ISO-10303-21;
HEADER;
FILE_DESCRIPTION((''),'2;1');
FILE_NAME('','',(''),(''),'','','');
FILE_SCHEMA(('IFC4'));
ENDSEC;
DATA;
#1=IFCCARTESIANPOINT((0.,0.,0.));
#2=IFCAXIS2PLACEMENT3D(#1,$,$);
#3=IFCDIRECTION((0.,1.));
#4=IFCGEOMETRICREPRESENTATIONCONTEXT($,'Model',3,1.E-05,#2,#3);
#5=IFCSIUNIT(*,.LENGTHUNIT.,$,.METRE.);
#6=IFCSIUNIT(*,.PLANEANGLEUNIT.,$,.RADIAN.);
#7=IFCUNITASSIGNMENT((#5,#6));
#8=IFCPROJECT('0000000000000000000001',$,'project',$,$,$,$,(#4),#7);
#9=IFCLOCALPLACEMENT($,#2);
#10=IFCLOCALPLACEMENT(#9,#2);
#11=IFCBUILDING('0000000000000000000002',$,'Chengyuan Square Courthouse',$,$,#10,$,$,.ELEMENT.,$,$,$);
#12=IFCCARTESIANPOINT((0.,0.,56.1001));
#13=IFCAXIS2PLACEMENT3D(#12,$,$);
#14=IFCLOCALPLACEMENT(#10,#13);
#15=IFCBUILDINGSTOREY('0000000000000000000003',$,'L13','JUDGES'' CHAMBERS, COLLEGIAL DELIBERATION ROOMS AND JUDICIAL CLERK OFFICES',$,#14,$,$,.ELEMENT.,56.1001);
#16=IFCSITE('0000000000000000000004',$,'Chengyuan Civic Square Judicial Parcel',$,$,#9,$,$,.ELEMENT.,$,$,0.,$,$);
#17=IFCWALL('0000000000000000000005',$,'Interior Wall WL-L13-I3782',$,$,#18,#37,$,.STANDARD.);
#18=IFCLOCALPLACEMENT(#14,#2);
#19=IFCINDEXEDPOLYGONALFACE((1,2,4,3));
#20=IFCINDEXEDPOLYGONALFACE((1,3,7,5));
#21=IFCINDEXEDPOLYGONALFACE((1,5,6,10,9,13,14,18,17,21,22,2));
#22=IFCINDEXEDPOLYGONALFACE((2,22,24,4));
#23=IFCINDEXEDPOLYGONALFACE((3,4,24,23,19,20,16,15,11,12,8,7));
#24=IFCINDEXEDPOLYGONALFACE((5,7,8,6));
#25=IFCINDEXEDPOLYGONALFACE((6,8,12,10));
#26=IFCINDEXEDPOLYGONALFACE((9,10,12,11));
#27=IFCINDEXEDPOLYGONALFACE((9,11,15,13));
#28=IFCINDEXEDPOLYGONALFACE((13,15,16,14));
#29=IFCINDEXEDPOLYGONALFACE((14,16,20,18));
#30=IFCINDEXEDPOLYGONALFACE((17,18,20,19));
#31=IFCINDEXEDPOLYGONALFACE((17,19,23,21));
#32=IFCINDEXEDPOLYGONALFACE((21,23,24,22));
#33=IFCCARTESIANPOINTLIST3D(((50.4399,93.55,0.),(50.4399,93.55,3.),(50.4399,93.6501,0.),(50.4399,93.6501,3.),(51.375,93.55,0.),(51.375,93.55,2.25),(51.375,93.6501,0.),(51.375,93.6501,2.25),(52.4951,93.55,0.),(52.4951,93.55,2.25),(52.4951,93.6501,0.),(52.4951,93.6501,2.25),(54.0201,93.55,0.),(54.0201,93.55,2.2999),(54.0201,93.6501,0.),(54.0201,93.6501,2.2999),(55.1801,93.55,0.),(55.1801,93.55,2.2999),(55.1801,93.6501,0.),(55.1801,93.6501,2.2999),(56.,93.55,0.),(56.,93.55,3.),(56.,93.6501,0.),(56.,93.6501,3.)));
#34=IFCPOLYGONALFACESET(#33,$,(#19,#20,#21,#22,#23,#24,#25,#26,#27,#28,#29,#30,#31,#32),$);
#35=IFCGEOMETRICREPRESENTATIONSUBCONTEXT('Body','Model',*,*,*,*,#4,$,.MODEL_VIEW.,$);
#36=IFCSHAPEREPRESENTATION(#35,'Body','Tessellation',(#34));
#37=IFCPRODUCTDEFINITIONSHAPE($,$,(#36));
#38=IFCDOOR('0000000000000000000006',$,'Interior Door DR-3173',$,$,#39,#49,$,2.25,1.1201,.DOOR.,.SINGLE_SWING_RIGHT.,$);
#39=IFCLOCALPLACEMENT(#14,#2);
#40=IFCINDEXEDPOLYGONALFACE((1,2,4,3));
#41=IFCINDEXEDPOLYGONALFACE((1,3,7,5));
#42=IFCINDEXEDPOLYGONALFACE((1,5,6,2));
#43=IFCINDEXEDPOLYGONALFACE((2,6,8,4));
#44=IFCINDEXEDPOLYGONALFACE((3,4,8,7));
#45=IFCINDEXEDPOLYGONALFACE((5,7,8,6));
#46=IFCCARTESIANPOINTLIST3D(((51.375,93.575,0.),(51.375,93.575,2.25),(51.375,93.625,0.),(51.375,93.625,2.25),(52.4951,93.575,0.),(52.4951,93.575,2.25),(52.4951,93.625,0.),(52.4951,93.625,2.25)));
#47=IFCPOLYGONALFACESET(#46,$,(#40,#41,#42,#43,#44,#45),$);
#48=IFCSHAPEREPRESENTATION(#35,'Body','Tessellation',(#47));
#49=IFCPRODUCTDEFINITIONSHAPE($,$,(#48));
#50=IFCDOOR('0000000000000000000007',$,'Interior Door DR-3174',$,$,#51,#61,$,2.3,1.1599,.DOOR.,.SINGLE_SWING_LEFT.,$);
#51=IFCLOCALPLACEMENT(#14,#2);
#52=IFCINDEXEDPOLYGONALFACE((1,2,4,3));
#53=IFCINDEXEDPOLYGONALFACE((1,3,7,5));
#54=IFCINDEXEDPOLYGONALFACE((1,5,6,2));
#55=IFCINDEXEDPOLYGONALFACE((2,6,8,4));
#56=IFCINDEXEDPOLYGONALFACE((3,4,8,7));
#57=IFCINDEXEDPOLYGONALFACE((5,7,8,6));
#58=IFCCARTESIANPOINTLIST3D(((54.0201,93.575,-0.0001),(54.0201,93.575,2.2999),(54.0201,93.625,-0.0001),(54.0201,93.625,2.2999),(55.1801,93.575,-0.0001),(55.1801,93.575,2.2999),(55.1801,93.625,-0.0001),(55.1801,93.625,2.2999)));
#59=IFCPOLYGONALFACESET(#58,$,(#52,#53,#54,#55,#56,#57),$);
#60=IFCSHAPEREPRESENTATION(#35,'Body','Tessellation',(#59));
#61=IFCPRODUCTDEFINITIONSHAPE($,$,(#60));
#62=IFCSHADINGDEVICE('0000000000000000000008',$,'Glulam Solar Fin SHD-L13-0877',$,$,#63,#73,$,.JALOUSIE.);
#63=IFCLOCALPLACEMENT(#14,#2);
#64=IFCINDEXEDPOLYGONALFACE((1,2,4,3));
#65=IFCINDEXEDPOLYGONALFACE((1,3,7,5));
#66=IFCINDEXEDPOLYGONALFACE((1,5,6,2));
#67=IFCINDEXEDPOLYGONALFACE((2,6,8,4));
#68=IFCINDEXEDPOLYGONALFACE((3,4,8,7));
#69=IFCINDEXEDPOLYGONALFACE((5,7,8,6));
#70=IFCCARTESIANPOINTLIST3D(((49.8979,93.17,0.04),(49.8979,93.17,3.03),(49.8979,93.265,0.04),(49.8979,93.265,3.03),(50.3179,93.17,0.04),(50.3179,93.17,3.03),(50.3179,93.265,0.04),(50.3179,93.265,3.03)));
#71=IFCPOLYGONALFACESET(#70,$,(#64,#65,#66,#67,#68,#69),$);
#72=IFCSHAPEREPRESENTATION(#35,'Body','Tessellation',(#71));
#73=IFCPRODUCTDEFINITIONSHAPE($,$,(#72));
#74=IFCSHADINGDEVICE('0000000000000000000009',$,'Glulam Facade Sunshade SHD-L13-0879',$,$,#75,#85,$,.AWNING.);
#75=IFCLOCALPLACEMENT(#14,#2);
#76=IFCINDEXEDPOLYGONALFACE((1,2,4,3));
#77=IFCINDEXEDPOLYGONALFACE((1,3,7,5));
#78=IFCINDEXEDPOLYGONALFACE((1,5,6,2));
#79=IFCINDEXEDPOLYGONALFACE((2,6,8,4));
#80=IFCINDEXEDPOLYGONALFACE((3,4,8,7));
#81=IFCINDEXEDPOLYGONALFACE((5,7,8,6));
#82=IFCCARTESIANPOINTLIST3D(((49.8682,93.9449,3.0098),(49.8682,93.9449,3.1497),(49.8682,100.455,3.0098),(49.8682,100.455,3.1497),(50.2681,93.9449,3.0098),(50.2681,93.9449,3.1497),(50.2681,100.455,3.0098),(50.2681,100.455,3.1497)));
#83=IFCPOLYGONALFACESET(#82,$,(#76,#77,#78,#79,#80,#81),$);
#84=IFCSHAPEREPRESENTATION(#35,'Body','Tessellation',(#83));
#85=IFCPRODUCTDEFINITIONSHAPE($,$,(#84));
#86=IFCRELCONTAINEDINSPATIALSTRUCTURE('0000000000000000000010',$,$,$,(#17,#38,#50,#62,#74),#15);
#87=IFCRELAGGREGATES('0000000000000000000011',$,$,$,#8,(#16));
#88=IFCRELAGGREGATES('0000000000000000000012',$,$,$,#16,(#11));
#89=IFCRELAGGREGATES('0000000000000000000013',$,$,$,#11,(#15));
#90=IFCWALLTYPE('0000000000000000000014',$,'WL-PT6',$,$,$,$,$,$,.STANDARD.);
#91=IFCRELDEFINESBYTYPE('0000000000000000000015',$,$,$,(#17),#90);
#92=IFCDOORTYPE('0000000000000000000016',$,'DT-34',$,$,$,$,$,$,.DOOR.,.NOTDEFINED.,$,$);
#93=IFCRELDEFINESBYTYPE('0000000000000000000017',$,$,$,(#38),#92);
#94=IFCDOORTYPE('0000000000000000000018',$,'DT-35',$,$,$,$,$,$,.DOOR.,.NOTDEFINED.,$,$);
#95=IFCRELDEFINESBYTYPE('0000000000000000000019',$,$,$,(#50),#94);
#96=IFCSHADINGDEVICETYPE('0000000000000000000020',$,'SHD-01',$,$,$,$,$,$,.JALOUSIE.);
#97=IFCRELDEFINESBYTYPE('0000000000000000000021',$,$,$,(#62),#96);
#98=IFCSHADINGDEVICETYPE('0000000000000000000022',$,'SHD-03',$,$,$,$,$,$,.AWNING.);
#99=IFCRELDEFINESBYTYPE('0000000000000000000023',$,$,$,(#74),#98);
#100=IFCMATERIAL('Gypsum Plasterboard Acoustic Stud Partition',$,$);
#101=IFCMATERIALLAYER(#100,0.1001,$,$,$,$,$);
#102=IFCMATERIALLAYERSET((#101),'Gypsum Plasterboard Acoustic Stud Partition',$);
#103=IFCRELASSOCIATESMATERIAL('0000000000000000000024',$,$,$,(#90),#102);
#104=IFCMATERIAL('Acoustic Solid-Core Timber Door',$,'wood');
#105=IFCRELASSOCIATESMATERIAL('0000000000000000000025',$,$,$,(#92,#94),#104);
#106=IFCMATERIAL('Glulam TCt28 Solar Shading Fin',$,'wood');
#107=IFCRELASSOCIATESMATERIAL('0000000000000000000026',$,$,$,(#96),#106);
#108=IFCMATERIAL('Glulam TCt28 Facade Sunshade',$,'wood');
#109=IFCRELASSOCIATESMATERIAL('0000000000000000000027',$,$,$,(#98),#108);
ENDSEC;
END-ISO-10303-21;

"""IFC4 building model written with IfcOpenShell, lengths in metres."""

from ifc_helpers import new_model, si_unit, direction, frame, frame_2d, origin, origin_2d, place, context, subcontext, project, spatial, rectangle, extrude, material, layer, layer_set, type_object, element, fill, save


model = new_model("IFC4")

# Units and contexts
model_context = context("Model", 3, precision=1e-05, world=origin(), true_north=direction((0.0, 1.0)))
body_context = subcontext(model_context, "Body", "Model", "MODEL_VIEW")
ifc_project = project(units=[si_unit("LENGTHUNIT", "METRE"), si_unit("PLANEANGLEUNIT", "RADIAN")], contexts=[model_context])

# Site, building, storey
site_placement = place(None, origin())
site = spatial("IfcSite", under=ifc_project, at=site_placement, Name="Chengyuan Civic Square Judicial Parcel", CompositionType="ELEMENT", RefElevation=0.0)
building_placement = place(site_placement, origin())
building = spatial("IfcBuilding", under=site, at=building_placement, Name="Chengyuan Square Courthouse", CompositionType="ELEMENT")
storey_placement = place(building_placement, frame((0.0, 0.0, 56.1001)))
storey = spatial("IfcBuildingStorey", under=building, at=storey_placement, Name="L13", Description="JUDGES' CHAMBERS, COLLEGIAL DELIBERATION ROOMS AND JUDICIAL CLERK OFFICES", CompositionType="ELEMENT", Elevation=56.1001)

# Wall, openings, doors
ifc_material_1 = material(Name="Gypsum Plasterboard Acoustic Stud Partition")
ifc_layer_1 = layer(ifc_material_1, 0.1001)
ifc_layer_set_1 = layer_set([ifc_layer_1], Name="Gypsum Plasterboard Acoustic Stud Partition")
wall_type_1 = type_object("IfcWallType", Name="WL-PT6", PredefinedType="STANDARD", material=ifc_layer_set_1)
wall_1_placement = place(storey_placement, frame((50.4399, 93.6001, 0.0), z_axis=(0.0, 0.0, 1.0), x_axis=(1.0, 0.0, 0.0)))
wall_1 = element("IfcWall", 1, at=wall_1_placement, inside=storey, type_object=wall_type_1, Name="Interior Wall WL-L13-I3782", PredefinedType="STANDARD", context=body_context, shape_type="SweptSolid", body=[
    extrude(rectangle(XDim=5.5601, YDim=0.1001, at=frame_2d((2.78, 0.0))), origin(), (0.0, 0.0, 1.0), 3.0),
])
opening_1_placement = place(wall_1_placement, frame((0.9351, 0.0, 0.0)))
opening_1 = element("IfcOpeningElement", 2, at=opening_1_placement, cuts=wall_1, PredefinedType="OPENING", context=body_context, shape_type="SweptSolid", body=[
    extrude(rectangle(XDim=1.1201, YDim=2.25, at=frame_2d((0.5601, 1.125))), frame((0.0, 0.062, 0.0), z_axis=(0.0, -1.0, 0.0), x_axis=(1.0, 0.0, 0.0)), (0.0, 0.0, 1.0), 0.124),
])
opening_2_placement = place(wall_1_placement, frame((3.5801, 0.0, 0.0)))
opening_2 = element("IfcOpeningElement", 3, at=opening_2_placement, cuts=wall_1, PredefinedType="OPENING", context=body_context, shape_type="SweptSolid", body=[
    extrude(rectangle(XDim=1.1599, YDim=2.3, at=frame_2d((0.5801, 1.1499))), frame((0.0, 0.062, 0.0), z_axis=(0.0, -1.0, 0.0), x_axis=(1.0, 0.0, 0.0)), (0.0, 0.0, 1.0), 0.124),
])
ifc_material_2 = material(Name="Acoustic Solid-Core Timber Door", Category="wood")
door_type_1 = type_object("IfcDoorType", Name="DT-34", OperationType="NOTDEFINED", PredefinedType="DOOR", material=ifc_material_2)
door_1_placement = place(opening_1_placement, origin())
door_1 = element("IfcDoor", 4, at=door_1_placement, inside=storey, type_object=door_type_1, Name="Interior Door DR-3173", OperationType="SINGLE_SWING_RIGHT", OverallHeight=2.25, OverallWidth=1.1201, PredefinedType="DOOR", context=body_context, shape_type="SweptSolid", body=[
    extrude(rectangle(XDim=1.1201, YDim=2.25, at=frame_2d((0.5601, 1.125))), frame((0.0, 0.0249, 0.0), z_axis=(0.0, -1.0, 0.0), x_axis=(1.0, 0.0, 0.0)), (0.0, 0.0, 1.0), 0.05),
])
fill(opening_1, door_1)
door_type_2 = type_object("IfcDoorType", Name="DT-35", OperationType="NOTDEFINED", PredefinedType="DOOR", material=ifc_material_2)
door_2_placement = place(opening_2_placement, origin())
door_2 = element("IfcDoor", 5, at=door_2_placement, inside=storey, type_object=door_type_2, Name="Interior Door DR-3174", OperationType="SINGLE_SWING_LEFT", OverallHeight=2.3, OverallWidth=1.1599, PredefinedType="DOOR", context=body_context, shape_type="SweptSolid", body=[
    extrude(rectangle(XDim=1.1599, YDim=2.3, at=frame_2d((0.5801, 1.1499))), frame((0.0, 0.0249, 0.0), z_axis=(0.0, -1.0, 0.0), x_axis=(1.0, 0.0, 0.0)), (0.0, 0.0, 1.0), 0.05),
])
fill(opening_2, door_2)

# Shading devices
ifc_material_3 = material(Name="Glulam TCt28 Solar Shading Fin", Category="wood")
shading_device_type_1 = type_object("IfcShadingDeviceType", Name="SHD-01", PredefinedType="JALOUSIE", material=ifc_material_3)
shading_device_1_placement = place(storey_placement, frame((50.1079, 93.2175, 0.04), z_axis=(0.0, 0.0, 1.0), x_axis=(1.0, 0.0, 0.0)))
element("IfcShadingDevice", 6, at=shading_device_1_placement, inside=storey, type_object=shading_device_type_1, Name="Glulam Solar Fin SHD-L13-0877", PredefinedType="JALOUSIE", context=body_context, shape_type="SweptSolid", body=[
    extrude(rectangle(XDim=0.4199, YDim=0.095, at=origin_2d()), origin(), (0.0, 0.0, 1.0), 2.99),
])
ifc_material_4 = material(Name="Glulam TCt28 Facade Sunshade", Category="wood")
shading_device_type_2 = type_object("IfcShadingDeviceType", Name="SHD-03", PredefinedType="AWNING", material=ifc_material_4)
shading_device_2_placement = place(storey_placement, frame((50.0681, 97.2, 3.0098), z_axis=(0.0, 0.0, 1.0), x_axis=(0.0, 1.0, 0.0)))
element("IfcShadingDevice", 7, at=shading_device_2_placement, inside=storey, type_object=shading_device_type_2, Name="Glulam Facade Sunshade SHD-L13-0879", PredefinedType="AWNING", context=body_context, shape_type="SweptSolid", body=[
    extrude(rectangle(XDim=6.51, YDim=0.3999, at=origin_2d()), origin(), (0.0, 0.0, 1.0), 0.1399),
])

save(model, "model.ifc")
